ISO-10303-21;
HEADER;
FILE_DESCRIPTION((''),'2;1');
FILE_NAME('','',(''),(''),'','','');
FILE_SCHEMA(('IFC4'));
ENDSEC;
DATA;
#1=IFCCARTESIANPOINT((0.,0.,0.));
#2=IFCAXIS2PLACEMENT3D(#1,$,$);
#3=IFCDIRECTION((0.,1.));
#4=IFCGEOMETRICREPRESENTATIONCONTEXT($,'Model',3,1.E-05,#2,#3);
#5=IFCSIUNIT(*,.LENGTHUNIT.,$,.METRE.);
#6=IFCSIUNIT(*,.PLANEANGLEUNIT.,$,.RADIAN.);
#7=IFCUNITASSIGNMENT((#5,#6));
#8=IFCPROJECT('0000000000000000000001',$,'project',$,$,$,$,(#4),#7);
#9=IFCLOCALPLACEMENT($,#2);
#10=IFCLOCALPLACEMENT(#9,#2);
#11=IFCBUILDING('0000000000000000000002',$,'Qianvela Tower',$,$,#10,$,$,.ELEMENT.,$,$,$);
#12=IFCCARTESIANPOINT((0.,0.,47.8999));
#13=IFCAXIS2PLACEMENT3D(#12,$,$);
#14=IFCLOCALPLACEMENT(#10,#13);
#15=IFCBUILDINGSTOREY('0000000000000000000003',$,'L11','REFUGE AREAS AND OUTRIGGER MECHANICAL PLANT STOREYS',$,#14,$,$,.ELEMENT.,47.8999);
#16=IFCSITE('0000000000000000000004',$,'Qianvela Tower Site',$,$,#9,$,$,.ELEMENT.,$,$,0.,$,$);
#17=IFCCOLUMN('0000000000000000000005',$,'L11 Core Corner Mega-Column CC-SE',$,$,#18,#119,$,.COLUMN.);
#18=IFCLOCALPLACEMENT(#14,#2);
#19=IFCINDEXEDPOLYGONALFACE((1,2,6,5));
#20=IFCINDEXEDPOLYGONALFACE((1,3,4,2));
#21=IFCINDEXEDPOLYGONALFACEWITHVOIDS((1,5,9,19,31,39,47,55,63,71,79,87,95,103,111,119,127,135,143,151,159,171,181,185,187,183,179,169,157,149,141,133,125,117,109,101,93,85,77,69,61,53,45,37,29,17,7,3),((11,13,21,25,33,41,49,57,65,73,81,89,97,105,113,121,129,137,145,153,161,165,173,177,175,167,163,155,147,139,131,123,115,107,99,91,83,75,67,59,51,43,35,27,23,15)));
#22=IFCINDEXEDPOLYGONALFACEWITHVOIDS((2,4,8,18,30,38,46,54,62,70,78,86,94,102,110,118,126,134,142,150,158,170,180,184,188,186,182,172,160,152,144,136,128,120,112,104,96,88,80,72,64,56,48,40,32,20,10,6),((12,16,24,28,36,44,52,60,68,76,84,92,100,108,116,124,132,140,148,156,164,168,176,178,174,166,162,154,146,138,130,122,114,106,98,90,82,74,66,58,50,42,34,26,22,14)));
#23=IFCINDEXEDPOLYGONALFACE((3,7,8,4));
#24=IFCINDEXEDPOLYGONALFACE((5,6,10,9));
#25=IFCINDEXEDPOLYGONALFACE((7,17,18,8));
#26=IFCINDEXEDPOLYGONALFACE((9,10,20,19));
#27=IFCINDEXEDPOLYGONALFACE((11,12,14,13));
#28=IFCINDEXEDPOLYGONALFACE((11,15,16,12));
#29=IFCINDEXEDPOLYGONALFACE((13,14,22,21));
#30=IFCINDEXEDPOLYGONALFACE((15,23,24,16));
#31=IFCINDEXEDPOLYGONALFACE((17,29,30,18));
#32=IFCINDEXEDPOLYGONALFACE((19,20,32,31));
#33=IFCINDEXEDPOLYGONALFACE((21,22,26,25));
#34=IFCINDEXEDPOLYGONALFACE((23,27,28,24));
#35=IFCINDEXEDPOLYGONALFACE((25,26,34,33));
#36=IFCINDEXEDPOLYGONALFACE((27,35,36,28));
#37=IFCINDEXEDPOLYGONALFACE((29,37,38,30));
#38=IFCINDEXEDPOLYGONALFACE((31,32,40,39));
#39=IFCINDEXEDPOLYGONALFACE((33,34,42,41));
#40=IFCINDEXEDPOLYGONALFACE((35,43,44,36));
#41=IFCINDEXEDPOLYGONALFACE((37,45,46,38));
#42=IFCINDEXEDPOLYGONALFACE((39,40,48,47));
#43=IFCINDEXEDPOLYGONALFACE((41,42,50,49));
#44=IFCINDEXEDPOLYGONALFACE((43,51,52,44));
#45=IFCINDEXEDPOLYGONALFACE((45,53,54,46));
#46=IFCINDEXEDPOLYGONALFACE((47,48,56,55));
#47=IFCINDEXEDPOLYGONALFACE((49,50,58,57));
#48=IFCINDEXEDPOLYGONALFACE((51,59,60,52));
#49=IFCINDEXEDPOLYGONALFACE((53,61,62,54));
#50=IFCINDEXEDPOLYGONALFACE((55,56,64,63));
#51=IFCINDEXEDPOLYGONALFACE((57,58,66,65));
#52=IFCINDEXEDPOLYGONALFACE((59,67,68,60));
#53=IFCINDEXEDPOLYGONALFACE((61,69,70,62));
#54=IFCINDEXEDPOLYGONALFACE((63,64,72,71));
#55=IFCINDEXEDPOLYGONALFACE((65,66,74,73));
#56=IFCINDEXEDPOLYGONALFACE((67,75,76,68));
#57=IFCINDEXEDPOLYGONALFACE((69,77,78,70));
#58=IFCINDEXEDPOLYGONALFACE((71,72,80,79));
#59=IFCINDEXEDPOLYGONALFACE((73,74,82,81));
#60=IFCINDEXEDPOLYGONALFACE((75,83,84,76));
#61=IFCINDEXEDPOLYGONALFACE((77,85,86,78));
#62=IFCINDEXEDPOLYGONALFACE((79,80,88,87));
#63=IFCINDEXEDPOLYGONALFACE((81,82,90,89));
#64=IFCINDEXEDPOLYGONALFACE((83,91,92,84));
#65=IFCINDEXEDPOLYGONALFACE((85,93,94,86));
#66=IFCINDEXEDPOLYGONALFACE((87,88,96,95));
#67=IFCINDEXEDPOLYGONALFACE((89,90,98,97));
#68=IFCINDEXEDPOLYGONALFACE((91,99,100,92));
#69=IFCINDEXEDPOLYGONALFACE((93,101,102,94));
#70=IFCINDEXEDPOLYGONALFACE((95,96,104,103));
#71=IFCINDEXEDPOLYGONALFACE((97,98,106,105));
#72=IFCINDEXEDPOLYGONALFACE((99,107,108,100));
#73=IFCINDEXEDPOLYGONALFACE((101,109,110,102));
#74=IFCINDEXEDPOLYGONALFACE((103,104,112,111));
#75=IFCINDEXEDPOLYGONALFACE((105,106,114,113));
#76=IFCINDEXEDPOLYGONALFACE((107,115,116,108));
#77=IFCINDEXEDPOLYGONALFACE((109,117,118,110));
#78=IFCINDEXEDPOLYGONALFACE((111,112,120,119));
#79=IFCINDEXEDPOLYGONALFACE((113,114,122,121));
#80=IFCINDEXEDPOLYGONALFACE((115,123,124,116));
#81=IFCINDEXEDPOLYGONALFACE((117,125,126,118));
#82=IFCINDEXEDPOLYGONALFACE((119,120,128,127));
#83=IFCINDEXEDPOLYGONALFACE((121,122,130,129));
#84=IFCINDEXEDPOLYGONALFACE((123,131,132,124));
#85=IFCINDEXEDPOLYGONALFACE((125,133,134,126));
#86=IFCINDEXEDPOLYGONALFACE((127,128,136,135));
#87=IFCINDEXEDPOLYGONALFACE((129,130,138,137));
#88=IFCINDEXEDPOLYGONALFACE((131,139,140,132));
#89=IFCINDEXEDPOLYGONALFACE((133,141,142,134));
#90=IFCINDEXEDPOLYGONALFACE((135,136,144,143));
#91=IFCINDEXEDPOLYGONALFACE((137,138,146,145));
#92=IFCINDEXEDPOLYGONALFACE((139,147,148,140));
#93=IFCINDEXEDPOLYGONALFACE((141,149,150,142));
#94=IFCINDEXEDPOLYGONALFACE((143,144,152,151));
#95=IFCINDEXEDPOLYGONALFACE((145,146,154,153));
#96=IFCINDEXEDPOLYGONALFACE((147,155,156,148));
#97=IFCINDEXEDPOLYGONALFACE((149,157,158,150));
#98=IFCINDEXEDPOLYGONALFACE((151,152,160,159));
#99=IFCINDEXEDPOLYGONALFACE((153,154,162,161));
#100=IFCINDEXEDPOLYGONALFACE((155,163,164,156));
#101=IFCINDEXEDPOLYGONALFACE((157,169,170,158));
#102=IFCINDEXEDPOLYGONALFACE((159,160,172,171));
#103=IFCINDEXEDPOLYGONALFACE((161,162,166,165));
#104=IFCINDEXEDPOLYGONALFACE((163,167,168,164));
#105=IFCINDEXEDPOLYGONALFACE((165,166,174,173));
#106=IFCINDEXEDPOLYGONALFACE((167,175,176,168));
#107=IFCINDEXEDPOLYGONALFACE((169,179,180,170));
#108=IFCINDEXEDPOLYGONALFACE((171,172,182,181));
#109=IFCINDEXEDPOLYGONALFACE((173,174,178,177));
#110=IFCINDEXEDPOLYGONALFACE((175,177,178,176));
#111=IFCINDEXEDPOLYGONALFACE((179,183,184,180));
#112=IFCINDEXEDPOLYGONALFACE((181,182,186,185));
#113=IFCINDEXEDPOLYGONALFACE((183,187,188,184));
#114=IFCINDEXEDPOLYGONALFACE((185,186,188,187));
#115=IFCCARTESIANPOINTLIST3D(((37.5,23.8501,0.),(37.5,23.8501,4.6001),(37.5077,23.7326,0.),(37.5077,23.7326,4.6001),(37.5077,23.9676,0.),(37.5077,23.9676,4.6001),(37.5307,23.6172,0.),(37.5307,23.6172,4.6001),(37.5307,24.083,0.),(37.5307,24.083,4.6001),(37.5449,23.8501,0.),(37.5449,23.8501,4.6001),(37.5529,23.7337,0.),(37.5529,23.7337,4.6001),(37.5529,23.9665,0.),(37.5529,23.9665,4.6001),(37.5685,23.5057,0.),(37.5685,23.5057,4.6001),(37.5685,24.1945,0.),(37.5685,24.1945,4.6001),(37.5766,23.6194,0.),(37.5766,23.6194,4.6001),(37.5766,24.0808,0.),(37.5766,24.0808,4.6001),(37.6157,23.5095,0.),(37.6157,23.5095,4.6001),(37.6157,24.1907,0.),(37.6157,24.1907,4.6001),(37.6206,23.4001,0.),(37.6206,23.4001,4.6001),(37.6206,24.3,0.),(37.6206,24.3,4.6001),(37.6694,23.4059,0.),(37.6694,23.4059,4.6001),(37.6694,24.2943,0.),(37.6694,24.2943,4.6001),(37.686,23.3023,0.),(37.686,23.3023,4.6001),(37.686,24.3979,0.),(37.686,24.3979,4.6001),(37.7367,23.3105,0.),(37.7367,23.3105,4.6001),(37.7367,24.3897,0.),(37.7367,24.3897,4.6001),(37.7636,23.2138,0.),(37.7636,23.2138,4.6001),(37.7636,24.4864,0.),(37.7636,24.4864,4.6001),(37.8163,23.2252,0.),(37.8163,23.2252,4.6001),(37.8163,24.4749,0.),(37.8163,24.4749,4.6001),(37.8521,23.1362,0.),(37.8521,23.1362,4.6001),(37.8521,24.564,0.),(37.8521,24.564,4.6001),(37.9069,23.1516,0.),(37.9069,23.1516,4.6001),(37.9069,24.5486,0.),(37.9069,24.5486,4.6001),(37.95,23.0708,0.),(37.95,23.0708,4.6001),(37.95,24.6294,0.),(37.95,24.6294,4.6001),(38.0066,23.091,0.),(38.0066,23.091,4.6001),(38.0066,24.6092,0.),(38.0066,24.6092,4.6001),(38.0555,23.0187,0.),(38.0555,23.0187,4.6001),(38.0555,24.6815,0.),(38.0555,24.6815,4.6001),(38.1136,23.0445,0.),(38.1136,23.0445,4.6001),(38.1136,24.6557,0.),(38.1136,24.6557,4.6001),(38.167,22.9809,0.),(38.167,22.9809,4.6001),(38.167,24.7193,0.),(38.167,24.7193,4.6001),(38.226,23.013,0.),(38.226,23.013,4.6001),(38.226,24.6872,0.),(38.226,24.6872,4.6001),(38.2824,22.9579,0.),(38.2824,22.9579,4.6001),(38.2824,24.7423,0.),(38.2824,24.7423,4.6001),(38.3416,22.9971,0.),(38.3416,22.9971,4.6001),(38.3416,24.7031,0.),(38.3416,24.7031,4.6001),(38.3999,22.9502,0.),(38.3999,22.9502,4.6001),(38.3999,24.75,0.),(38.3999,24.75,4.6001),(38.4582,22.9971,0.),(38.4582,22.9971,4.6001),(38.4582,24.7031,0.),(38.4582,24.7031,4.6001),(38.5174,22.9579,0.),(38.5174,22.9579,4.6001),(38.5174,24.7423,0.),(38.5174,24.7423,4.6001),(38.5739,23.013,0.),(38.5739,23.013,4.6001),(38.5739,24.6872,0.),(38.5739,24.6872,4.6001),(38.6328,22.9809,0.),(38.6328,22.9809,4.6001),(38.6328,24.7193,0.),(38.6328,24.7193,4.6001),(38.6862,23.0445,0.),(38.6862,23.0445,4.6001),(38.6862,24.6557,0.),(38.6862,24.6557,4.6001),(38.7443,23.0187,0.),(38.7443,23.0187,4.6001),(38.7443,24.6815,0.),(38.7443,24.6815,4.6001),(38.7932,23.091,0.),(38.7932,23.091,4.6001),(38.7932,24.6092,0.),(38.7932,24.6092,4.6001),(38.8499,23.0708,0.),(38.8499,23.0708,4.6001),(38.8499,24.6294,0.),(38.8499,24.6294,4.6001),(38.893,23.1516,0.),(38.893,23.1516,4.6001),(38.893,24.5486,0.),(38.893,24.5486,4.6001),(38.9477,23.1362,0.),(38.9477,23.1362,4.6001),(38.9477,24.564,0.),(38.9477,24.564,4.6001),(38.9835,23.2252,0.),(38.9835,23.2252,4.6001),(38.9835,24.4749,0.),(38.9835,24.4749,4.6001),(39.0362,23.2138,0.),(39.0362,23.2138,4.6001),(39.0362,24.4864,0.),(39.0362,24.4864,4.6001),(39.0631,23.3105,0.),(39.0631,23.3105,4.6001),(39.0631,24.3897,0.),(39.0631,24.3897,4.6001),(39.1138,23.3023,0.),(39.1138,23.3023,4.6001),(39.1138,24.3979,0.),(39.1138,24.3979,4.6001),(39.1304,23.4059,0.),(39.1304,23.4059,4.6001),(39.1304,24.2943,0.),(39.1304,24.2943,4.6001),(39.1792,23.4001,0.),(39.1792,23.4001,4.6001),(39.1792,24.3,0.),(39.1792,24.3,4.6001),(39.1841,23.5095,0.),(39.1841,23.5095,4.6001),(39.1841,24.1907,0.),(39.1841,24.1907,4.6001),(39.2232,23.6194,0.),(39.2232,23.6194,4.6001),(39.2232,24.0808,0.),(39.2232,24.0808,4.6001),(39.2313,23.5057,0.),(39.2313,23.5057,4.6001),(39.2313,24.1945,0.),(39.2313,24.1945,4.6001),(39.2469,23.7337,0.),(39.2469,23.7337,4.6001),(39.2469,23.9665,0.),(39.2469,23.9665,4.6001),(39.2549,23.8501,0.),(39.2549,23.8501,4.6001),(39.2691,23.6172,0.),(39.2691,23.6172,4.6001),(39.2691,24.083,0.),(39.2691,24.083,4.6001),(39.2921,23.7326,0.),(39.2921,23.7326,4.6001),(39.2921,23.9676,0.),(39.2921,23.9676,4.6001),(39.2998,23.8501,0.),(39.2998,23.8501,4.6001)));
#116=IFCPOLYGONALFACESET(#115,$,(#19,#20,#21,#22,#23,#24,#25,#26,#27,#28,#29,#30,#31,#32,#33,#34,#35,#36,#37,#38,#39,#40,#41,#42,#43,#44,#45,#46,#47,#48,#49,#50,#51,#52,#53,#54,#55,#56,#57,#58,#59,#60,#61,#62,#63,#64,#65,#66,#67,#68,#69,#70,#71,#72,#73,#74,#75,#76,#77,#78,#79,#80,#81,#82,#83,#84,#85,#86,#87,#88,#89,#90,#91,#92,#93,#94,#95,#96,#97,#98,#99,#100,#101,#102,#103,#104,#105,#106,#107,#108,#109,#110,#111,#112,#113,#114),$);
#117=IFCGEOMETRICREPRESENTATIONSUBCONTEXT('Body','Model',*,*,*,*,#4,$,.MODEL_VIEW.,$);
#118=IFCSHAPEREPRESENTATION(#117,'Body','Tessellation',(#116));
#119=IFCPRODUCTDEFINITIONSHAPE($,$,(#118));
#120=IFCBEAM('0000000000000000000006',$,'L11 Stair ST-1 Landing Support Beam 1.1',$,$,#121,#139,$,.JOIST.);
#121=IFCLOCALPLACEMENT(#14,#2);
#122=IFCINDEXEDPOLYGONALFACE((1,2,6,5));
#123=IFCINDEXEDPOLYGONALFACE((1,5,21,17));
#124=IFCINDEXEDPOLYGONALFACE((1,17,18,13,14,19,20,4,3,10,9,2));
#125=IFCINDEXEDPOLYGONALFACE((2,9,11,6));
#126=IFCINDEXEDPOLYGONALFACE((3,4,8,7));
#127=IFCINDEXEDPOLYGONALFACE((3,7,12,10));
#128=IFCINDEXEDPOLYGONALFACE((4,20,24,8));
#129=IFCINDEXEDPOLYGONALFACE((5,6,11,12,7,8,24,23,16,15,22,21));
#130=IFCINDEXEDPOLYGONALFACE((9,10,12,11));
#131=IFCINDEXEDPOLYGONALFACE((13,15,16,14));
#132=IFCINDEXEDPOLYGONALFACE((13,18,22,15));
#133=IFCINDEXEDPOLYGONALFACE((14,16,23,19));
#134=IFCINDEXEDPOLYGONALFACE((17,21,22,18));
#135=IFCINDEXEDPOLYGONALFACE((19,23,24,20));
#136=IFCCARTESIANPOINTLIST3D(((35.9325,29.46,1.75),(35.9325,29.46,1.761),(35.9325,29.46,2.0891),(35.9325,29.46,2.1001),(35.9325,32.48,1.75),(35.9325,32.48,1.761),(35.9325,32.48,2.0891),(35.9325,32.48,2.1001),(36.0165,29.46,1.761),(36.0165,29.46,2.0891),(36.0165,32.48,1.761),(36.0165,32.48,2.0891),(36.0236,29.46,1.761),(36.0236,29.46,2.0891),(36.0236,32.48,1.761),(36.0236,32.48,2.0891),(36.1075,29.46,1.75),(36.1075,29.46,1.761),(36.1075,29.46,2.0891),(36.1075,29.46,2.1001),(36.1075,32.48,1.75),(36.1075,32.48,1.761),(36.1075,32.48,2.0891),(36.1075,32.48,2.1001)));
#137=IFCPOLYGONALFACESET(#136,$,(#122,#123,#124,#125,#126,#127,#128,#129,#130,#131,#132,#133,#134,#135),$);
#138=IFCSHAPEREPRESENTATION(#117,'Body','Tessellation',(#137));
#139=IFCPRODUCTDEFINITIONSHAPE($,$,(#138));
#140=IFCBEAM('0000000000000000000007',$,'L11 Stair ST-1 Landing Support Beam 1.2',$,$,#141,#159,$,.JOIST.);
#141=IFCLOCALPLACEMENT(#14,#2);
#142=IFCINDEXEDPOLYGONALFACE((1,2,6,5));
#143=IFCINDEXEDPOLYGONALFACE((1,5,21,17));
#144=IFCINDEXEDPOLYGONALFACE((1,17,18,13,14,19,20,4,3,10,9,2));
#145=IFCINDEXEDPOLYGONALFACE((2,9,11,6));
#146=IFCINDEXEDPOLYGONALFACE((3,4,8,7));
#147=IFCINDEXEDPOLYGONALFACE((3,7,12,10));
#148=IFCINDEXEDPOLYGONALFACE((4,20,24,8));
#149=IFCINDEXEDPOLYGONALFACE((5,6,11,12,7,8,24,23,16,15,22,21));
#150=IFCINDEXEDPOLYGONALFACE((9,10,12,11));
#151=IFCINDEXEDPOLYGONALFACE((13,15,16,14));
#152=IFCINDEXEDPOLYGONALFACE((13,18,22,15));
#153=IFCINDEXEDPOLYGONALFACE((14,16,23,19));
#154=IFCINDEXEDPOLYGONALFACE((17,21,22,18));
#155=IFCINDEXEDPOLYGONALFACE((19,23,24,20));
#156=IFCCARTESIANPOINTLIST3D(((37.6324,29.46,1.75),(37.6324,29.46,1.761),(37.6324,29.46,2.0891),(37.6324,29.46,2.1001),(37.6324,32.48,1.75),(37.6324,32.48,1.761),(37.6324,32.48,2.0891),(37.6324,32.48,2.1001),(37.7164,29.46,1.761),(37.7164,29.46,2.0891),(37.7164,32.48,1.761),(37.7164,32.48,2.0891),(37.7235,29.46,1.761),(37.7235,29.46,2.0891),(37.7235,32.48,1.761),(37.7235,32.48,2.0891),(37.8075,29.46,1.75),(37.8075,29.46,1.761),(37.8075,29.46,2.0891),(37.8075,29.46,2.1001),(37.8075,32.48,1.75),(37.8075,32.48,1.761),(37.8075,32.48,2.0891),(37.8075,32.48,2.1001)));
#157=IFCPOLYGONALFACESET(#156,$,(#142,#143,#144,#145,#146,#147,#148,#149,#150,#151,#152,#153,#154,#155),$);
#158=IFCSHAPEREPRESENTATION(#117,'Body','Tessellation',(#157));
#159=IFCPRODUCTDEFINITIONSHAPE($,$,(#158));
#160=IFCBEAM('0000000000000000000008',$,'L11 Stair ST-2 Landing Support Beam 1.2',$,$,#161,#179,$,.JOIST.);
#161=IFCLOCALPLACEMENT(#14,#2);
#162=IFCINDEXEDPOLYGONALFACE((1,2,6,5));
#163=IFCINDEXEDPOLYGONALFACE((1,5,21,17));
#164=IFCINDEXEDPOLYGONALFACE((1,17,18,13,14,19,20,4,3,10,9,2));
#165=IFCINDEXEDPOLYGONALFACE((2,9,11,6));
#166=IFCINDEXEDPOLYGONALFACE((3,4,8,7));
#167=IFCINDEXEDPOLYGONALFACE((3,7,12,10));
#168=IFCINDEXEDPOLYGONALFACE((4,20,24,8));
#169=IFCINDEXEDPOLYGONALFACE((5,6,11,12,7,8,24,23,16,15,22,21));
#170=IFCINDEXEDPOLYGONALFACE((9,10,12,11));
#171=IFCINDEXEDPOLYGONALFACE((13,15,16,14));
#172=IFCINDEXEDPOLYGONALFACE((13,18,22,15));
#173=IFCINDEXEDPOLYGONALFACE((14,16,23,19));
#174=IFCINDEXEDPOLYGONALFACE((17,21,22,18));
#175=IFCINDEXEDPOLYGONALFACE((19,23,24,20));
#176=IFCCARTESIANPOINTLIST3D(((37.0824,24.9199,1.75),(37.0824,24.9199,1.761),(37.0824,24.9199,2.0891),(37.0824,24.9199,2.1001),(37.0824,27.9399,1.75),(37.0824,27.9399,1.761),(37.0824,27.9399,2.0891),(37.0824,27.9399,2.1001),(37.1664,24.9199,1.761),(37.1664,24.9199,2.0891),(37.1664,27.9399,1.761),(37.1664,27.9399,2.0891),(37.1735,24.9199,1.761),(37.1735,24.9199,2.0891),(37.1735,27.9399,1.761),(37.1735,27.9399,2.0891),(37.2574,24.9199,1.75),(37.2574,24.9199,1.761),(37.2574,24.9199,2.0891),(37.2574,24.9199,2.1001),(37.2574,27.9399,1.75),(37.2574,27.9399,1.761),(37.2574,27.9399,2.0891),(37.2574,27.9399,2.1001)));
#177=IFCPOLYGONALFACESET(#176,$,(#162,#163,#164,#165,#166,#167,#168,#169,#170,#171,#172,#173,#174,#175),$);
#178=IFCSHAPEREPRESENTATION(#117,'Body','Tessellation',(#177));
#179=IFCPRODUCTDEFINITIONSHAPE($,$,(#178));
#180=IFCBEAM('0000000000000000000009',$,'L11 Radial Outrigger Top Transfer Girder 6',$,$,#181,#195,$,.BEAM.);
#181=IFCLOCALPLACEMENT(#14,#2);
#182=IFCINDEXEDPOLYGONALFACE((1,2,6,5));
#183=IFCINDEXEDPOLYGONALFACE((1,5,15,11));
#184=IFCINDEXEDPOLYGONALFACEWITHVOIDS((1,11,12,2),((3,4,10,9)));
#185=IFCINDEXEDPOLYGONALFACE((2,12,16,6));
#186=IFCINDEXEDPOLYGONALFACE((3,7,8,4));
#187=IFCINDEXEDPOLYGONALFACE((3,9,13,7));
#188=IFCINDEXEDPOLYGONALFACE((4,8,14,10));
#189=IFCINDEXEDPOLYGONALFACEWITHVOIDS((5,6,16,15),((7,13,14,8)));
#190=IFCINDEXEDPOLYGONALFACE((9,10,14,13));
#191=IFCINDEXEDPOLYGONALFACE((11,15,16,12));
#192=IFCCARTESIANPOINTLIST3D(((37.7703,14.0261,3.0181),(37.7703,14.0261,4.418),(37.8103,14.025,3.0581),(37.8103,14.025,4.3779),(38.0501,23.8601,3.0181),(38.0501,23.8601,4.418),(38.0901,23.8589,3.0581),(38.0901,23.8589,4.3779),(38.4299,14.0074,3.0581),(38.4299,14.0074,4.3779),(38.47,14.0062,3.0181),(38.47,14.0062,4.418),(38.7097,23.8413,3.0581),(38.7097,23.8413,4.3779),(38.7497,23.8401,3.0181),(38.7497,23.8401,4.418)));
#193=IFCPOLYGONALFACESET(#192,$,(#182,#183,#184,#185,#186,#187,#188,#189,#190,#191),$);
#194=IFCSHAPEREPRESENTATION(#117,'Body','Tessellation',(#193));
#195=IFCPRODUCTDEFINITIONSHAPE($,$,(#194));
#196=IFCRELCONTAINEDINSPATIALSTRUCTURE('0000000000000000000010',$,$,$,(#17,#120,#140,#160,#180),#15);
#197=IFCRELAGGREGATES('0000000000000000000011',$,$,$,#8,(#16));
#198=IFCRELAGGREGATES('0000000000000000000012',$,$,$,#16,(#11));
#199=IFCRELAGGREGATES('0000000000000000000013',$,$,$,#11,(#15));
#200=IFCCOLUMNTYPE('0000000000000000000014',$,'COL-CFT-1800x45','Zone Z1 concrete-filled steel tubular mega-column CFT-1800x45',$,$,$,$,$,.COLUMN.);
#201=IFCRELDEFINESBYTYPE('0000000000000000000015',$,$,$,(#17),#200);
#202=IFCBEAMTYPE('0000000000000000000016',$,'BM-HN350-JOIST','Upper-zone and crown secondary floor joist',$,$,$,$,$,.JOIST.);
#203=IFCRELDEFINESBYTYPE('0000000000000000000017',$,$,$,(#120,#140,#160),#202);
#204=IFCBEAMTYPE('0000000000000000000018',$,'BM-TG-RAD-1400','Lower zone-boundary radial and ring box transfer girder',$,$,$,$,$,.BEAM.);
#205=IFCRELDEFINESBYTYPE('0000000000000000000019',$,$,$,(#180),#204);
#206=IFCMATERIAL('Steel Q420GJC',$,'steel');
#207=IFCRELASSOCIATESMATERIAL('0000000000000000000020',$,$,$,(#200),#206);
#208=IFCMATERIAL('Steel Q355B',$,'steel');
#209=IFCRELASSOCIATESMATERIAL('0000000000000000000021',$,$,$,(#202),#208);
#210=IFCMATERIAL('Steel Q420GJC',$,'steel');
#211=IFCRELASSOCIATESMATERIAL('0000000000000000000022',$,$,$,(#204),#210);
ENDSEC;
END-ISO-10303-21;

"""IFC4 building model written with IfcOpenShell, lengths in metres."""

from ifc_helpers import new_model, si_unit, direction, frame, origin, origin_2d, place, context, subcontext, project, spatial, hollow_rectangle, hollow_circle, i_section, extrude, material, material_profile, profile_set, type_object, element, save


model = new_model("IFC4")

# Units and contexts
model_context = context("Model", 3, precision=1e-05, world=origin(), true_north=direction((0.0, 1.0)))
body_context = subcontext(model_context, "Body", "Model", "MODEL_VIEW")
ifc_project = project(units=[si_unit("LENGTHUNIT", "METRE"), si_unit("PLANEANGLEUNIT", "RADIAN")], contexts=[model_context])

# Site, building, storey
site_placement = place(None, origin())
site = spatial("IfcSite", under=ifc_project, at=site_placement, Name="Qianvela Tower Site", CompositionType="ELEMENT", RefElevation=0.0)
building_placement = place(site_placement, origin())
building = spatial("IfcBuilding", under=site, at=building_placement, Name="Qianvela Tower", CompositionType="ELEMENT")
storey_placement = place(building_placement, frame((0.0, 0.0, 47.8999)))
storey = spatial("IfcBuildingStorey", under=building, at=storey_placement, Name="L11", Description="REFUGE AREAS AND OUTRIGGER MECHANICAL PLANT STOREYS", CompositionType="ELEMENT", Elevation=47.8999)

# Column
ifc_material_1 = material(Name="Steel Q420GJC", Category="steel")
ifc_material_profile_1 = material_profile(ifc_material_1, hollow_circle(Radius=0.8999, WallThickness=0.0449, at=origin_2d()), Name="CFT-1800x45")
ifc_profile_set_1 = profile_set([ifc_material_profile_1], Name="Steel Q420GJC")
column_type = type_object("IfcColumnType", Name="COL-CFT-1800x45", Description="Zone Z1 concrete-filled steel tubular mega-column CFT-1800x45", PredefinedType="COLUMN", material=ifc_profile_set_1)
column_placement = place(storey_placement, frame((38.3999, 23.8501, 0.0), z_axis=(0.0, 0.0, 1.0), x_axis=(1.0, 0.0, 0.0)))
element("IfcColumn", 1, at=column_placement, inside=storey, type_object=column_type, Name="L11 Core Corner Mega-Column CC-SE", PredefinedType="COLUMN", context=body_context, shape_type="SweptSolid", body=[
    extrude(hollow_circle(Radius=0.8999, WallThickness=0.0449, at=origin_2d()), origin(), (0.0, 0.0, 1.0), 4.6001),
])

# Beams
ifc_material_2 = material(Name="Steel Q355B", Category="steel")
ifc_material_profile_2 = material_profile(ifc_material_2, i_section(OverallWidth=0.175, OverallDepth=0.3501, WebThickness=0.0071, FlangeThickness=0.011, at=origin_2d()), Name="HN350x175x7x11")
ifc_profile_set_2 = profile_set([ifc_material_profile_2], Name="Steel Q355B")
beam_type_1 = type_object("IfcBeamType", Name="BM-HN350-JOIST", Description="Upper-zone and crown secondary floor joist", PredefinedType="JOIST", material=ifc_profile_set_2)
for number, where, z_axis, x_axis, name in (
    (2, (36.02, 29.46, 1.925), (0.0, 1.0, 0.0), (-1.0, 0.0, 0.0), "L11 Stair ST-1 Landing Support Beam 1.1"),
    (3, (37.72, 29.46, 1.925), (0.0, 1.0, 0.0), (-1.0, 0.0, 0.0), "L11 Stair ST-1 Landing Support Beam 1.2"),
    (4, (37.1699, 24.9199, 1.925), (0.0, 1.0, 0.0), (-1.0, 0.0, 0.0), "L11 Stair ST-2 Landing Support Beam 1.2"),
):
    element("IfcBeam", number, at=place(storey_placement, frame(where, z_axis=z_axis, x_axis=x_axis)), inside=storey, type_object=beam_type_1, Name=name, PredefinedType="JOIST", context=body_context, shape_type="SweptSolid", body=[
        extrude(i_section(OverallWidth=0.175, OverallDepth=0.3501, WebThickness=0.0071, FlangeThickness=0.011, at=origin_2d()), origin(), (0.0, 0.0, 1.0), 3.02),
    ])
ifc_material_3 = material(Name="Steel Q420GJC", Category="steel")
ifc_material_profile_3 = material_profile(ifc_material_3, hollow_rectangle(XDim=0.7, YDim=1.3999, WallThickness=0.04, at=origin_2d()), Name="TG-BOX-1400x700x40")
ifc_profile_set_3 = profile_set([ifc_material_profile_3], Name="Steel Q420GJC")
beam_type_2 = type_object("IfcBeamType", Name="BM-TG-RAD-1400", Description="Lower zone-boundary radial and ring box transfer girder", PredefinedType="BEAM", material=ifc_profile_set_3)
beam_placement = place(storey_placement, frame((38.3999, 23.8501, 3.718), z_axis=(-0.028439, -0.999596, 0.0), x_axis=(0.999596, -0.028439, 0.0)))
element("IfcBeam", 5, at=beam_placement, inside=storey, type_object=beam_type_2, Name="L11 Radial Outrigger Top Transfer Girder 6", PredefinedType="BEAM", context=body_context, shape_type="SweptSolid", body=[
    extrude(hollow_rectangle(XDim=0.7, YDim=1.3999, WallThickness=0.04, at=origin_2d()), origin(), (0.0, 0.0, 1.0), 9.8379),
])

save(model, "model.ifc")
